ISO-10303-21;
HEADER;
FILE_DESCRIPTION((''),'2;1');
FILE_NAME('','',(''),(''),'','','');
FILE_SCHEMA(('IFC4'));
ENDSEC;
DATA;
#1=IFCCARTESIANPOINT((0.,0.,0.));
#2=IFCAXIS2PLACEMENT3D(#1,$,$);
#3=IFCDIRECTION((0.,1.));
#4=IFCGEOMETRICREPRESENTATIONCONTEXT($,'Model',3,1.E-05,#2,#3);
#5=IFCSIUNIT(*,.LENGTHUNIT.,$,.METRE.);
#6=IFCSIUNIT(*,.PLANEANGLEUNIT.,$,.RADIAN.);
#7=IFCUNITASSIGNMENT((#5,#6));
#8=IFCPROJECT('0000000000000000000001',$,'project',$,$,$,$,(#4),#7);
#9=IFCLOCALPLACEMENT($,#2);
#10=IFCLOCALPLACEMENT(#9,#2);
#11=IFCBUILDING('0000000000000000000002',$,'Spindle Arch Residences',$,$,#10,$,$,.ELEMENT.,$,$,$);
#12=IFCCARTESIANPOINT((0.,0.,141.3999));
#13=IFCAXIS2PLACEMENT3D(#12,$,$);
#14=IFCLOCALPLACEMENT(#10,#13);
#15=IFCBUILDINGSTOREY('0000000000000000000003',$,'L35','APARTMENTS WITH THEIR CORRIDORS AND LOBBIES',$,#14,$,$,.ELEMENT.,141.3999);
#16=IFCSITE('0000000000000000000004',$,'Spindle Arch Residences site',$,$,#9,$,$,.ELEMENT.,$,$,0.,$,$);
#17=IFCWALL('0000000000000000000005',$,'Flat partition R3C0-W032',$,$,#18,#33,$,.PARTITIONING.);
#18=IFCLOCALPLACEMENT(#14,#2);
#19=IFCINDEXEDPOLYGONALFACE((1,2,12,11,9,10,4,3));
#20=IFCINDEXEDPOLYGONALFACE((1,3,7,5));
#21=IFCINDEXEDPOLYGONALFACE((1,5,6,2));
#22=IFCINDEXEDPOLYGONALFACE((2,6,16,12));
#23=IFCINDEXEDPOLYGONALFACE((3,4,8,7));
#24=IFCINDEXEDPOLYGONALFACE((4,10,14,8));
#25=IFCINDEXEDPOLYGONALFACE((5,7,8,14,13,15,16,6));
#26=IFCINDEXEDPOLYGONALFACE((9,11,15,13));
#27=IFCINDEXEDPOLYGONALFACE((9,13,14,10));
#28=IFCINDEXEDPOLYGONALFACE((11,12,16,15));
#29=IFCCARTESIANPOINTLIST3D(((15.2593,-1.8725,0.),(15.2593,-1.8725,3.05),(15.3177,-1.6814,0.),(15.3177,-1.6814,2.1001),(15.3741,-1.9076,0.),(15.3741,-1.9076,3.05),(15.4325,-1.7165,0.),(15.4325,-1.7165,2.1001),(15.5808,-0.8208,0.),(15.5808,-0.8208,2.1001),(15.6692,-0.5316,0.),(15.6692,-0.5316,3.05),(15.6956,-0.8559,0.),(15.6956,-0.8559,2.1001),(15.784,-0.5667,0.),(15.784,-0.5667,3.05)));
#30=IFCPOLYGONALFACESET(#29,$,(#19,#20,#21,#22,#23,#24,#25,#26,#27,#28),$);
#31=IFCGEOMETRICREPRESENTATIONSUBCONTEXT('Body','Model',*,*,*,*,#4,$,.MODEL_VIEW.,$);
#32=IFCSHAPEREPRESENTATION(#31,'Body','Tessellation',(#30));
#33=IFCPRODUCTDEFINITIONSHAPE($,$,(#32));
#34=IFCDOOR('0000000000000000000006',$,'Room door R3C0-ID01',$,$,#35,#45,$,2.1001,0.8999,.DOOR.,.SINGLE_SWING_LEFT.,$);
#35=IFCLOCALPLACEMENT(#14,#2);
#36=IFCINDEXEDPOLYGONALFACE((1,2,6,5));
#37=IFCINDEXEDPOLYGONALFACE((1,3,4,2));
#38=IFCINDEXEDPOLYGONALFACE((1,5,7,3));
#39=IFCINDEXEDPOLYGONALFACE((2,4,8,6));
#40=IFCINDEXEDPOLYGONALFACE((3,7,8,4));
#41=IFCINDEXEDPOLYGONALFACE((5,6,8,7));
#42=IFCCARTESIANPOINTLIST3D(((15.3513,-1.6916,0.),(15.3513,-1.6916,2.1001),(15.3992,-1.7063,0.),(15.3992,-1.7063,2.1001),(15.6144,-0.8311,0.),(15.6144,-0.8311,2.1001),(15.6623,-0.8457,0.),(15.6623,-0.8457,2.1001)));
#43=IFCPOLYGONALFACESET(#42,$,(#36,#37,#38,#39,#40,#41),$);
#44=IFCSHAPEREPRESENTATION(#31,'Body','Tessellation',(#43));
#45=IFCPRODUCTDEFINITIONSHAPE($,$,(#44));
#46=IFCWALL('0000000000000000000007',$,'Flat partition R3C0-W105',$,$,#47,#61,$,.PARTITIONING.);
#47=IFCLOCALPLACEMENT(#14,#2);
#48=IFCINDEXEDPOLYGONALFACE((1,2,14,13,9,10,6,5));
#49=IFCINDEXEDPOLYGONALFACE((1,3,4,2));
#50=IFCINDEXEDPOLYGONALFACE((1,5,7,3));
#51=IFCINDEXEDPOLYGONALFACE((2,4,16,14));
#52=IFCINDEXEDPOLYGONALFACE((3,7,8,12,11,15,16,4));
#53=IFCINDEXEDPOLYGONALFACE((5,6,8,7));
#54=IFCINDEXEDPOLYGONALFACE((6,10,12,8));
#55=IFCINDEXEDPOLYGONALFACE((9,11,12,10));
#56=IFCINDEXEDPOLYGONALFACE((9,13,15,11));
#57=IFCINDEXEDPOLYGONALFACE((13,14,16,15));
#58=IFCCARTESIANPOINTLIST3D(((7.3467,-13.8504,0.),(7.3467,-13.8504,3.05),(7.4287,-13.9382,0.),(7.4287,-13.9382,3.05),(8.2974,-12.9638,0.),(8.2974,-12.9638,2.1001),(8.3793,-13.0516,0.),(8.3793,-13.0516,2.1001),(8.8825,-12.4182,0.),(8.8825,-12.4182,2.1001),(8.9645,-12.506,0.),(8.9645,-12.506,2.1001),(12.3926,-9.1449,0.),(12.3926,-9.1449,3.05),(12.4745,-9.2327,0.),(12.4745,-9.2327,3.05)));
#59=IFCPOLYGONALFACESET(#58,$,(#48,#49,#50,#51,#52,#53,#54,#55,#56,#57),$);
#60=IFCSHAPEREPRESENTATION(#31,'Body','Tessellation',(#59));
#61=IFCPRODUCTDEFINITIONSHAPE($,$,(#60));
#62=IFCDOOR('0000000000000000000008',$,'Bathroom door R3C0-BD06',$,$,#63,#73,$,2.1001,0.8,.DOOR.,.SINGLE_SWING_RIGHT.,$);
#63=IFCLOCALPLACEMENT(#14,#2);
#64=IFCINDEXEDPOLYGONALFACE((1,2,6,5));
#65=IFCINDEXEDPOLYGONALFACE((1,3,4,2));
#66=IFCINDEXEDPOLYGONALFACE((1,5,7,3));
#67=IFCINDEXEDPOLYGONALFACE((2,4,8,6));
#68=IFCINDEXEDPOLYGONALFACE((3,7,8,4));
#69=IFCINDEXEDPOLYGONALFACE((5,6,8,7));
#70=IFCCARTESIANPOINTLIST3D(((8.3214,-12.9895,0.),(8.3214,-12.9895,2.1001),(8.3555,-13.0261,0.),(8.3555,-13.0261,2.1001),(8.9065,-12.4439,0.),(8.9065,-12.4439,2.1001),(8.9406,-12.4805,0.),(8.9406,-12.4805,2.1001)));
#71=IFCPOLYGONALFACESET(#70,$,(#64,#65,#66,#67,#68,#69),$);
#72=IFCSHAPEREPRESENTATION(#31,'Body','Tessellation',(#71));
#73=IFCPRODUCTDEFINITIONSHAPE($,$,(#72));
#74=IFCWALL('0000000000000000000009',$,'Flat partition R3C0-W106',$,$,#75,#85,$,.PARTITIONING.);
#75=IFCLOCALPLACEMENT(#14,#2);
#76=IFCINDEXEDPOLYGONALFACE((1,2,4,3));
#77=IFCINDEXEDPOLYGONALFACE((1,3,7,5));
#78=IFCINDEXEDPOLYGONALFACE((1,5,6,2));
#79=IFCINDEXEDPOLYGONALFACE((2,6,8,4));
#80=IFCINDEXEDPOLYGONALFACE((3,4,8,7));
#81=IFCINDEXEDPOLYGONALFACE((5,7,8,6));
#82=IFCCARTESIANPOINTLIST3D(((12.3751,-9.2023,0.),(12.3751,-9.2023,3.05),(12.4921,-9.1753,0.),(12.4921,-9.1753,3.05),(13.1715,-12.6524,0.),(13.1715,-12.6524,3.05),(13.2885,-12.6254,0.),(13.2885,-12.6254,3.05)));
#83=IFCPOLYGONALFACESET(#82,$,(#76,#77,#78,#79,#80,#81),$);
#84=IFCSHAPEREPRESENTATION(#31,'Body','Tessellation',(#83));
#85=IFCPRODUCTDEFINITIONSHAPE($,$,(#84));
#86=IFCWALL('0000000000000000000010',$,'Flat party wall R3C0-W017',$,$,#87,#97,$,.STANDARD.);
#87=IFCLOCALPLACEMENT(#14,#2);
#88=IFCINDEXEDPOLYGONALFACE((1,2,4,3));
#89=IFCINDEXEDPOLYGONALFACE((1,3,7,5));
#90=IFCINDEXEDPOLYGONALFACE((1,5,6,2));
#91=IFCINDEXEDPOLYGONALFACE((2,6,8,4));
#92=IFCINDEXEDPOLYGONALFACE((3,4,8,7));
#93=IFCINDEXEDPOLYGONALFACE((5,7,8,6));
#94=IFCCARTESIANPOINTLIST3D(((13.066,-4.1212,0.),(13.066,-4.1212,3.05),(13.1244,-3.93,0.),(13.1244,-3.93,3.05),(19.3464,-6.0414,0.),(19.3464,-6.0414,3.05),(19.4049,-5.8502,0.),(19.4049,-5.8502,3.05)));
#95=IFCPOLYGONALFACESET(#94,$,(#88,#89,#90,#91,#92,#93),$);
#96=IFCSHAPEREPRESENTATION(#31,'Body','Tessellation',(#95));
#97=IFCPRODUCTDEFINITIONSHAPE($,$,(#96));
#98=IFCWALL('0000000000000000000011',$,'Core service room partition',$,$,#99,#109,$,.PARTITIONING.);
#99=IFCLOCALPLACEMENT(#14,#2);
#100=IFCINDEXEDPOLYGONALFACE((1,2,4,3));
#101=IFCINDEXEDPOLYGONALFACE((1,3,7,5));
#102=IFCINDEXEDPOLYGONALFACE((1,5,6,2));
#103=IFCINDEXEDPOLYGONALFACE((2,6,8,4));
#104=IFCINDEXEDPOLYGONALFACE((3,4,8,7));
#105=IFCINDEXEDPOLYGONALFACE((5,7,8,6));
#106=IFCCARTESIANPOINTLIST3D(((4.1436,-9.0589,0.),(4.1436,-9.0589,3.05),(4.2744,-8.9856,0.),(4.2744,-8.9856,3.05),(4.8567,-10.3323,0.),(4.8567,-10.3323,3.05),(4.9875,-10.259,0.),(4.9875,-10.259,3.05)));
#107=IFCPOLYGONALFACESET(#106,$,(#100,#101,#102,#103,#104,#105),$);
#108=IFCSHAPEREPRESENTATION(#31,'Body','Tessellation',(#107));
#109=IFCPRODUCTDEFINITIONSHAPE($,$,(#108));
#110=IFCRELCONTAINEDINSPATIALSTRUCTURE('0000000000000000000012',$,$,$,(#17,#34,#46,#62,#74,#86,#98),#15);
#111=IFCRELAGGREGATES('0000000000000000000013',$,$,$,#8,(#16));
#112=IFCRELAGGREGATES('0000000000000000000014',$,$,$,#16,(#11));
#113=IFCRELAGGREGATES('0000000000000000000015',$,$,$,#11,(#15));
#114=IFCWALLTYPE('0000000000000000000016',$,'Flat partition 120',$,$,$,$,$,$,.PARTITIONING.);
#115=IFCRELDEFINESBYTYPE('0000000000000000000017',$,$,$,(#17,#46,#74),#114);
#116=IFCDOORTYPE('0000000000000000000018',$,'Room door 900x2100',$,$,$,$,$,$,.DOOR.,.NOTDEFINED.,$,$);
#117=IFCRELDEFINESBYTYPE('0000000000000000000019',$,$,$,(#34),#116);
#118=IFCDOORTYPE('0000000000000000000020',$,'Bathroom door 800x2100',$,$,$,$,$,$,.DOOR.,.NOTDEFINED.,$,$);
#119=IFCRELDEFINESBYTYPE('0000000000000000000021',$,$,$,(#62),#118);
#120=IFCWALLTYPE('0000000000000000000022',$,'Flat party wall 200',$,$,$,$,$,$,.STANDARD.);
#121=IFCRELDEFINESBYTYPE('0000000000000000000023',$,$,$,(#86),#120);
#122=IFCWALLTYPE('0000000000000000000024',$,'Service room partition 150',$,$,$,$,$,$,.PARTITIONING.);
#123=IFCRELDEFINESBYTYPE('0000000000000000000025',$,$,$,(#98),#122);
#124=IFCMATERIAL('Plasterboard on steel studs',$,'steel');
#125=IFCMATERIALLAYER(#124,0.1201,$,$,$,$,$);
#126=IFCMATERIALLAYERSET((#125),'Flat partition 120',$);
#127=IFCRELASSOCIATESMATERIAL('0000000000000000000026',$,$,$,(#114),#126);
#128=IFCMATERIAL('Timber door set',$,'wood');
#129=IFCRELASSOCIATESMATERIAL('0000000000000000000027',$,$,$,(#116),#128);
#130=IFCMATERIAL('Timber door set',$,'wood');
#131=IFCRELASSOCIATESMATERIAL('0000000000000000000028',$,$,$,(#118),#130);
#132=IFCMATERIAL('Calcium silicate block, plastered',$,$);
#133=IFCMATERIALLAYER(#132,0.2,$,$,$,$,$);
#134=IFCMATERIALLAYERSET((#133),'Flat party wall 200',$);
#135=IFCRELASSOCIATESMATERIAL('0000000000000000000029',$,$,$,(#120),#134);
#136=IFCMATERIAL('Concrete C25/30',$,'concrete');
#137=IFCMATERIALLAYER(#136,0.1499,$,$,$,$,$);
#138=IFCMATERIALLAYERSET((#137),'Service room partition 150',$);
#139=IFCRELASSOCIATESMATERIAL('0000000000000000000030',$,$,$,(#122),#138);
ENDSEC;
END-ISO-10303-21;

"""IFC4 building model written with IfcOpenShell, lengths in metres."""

from ifc_helpers import new_model, si_unit, direction, frame, frame_2d, origin, place, context, subcontext, project, spatial, rectangle, extrude, material, layer, layer_set, type_object, element, fill, save


model = new_model("IFC4")

# Units and contexts
model_context = context("Model", 3, precision=1e-05, world=origin(), true_north=direction((0.0, 1.0)))
body_context = subcontext(model_context, "Body", "Model", "MODEL_VIEW")
ifc_project = project(units=[si_unit("LENGTHUNIT", "METRE"), si_unit("PLANEANGLEUNIT", "RADIAN")], contexts=[model_context])

# Site, building, storey
site_placement = place(None, origin())
site = spatial("IfcSite", under=ifc_project, at=site_placement, Name="Spindle Arch Residences site", CompositionType="ELEMENT", RefElevation=0.0)
building_placement = place(site_placement, origin())
building = spatial("IfcBuilding", under=site, at=building_placement, Name="Spindle Arch Residences", CompositionType="ELEMENT")
storey_placement = place(building_placement, frame((0.0, 0.0, 141.3999)))
storey = spatial("IfcBuildingStorey", under=building, at=storey_placement, Name="L35", Description="APARTMENTS WITH THEIR CORRIDORS AND LOBBIES", CompositionType="ELEMENT", Elevation=141.3999)

# Walls, openings, doors
ifc_material_1 = material(Name="Plasterboard on steel studs", Category="steel")
ifc_layer_1 = layer(ifc_material_1, 0.1201)
ifc_layer_set_1 = layer_set([ifc_layer_1], Name="Flat partition 120")
wall_type_1 = type_object("IfcWallType", Name="Flat partition 120", PredefinedType="PARTITIONING", material=ifc_layer_set_1)
wall_1_placement = place(storey_placement, frame((15.3167, -1.8901, 0.0), z_axis=(0.0, 0.0, 1.0), x_axis=(0.29236, 0.956308, 0.0)))
wall_1 = element("IfcWall", 1, at=wall_1_placement, inside=storey, type_object=wall_type_1, Name="Flat partition R3C0-W032", PredefinedType="PARTITIONING", context=body_context, shape_type="SweptSolid", body=[
    extrude(rectangle(XDim=1.4021, YDim=0.1201, at=frame_2d((0.7012, 0.0))), origin(), (0.0, 0.0, 1.0), 3.05),
])
opening_1_placement = place(wall_1_placement, frame((0.2, 0.0, 0.0)))
opening_1 = element("IfcOpeningElement", 2, at=opening_1_placement, cuts=wall_1, PredefinedType="OPENING", context=body_context, shape_type="SweptSolid", body=[
    extrude(rectangle(XDim=0.8999, YDim=2.1001, at=frame_2d((0.45, 1.05))), frame((0.0, 0.0701, 0.0), z_axis=(0.0, -1.0, 0.0), x_axis=(1.0, 0.0, 0.0)), (0.0, 0.0, 1.0), 0.1401),
])
ifc_material_2 = material(Name="Timber door set", Category="wood")
door_type_1 = type_object("IfcDoorType", Name="Room door 900x2100", OperationType="NOTDEFINED", PredefinedType="DOOR", material=ifc_material_2)
door_1_placement = place(opening_1_placement, origin())
door_1 = element("IfcDoor", 3, at=door_1_placement, inside=storey, type_object=door_type_1, Name="Room door R3C0-ID01", OperationType="SINGLE_SWING_LEFT", OverallHeight=2.1001, OverallWidth=0.8999, PredefinedType="DOOR", context=body_context, shape_type="SweptSolid", body=[
    extrude(rectangle(XDim=0.8999, YDim=2.1001, at=frame_2d((0.45, 1.05))), frame((0.0, 0.0249, 0.0), z_axis=(0.0, -1.0, 0.0), x_axis=(1.0, 0.0, 0.0)), (0.0, 0.0, 1.0), 0.05),
])
fill(opening_1, door_1)
wall_2_placement = place(storey_placement, frame((7.3877, -13.8943, 0.0), z_axis=(0.0, 0.0, 1.0), x_axis=(0.73134, 0.682013, 0.0)))
wall_2 = element("IfcWall", 4, at=wall_2_placement, inside=storey, type_object=wall_type_1, Name="Flat partition R3C0-W105", PredefinedType="PARTITIONING", context=body_context, shape_type="SweptSolid", body=[
    extrude(rectangle(XDim=6.8994, YDim=0.1201, at=frame_2d((3.4497, 0.0))), origin(), (0.0, 0.0, 1.0), 3.05),
])
opening_2_placement = place(wall_2_placement, frame((1.3, 0.0, 0.0)))
opening_2 = element("IfcOpeningElement", 5, at=opening_2_placement, cuts=wall_2, PredefinedType="OPENING", context=body_context, shape_type="SweptSolid", body=[
    extrude(rectangle(XDim=0.8, YDim=2.1001, at=frame_2d((0.3999, 1.05))), frame((0.0, 0.0701, 0.0), z_axis=(0.0, -1.0, 0.0), x_axis=(1.0, 0.0, 0.0)), (0.0, 0.0, 1.0), 0.1401),
])
ifc_material_3 = material(Name="Timber door set", Category="wood")
door_type_2 = type_object("IfcDoorType", Name="Bathroom door 800x2100", OperationType="NOTDEFINED", PredefinedType="DOOR", material=ifc_material_3)
door_2_placement = place(opening_2_placement, origin())
door_2 = element("IfcDoor", 6, at=door_2_placement, inside=storey, type_object=door_type_2, Name="Bathroom door R3C0-BD06", OperationType="SINGLE_SWING_RIGHT", OverallHeight=2.1001, OverallWidth=0.8, PredefinedType="DOOR", context=body_context, shape_type="SweptSolid", body=[
    extrude(rectangle(XDim=0.8, YDim=2.1001, at=frame_2d((0.3999, 1.05))), frame((0.0, 0.0249, 0.0), z_axis=(0.0, -1.0, 0.0), x_axis=(1.0, 0.0, 0.0)), (0.0, 0.0, 1.0), 0.05),
])
fill(opening_2, door_2)

# Walls
wall_3_placement = place(storey_placement, frame((12.4336, -9.1887, 0.0), z_axis=(0.0, 0.0, 1.0), x_axis=(0.224925, -0.974376, 0.0)))
element("IfcWall", 7, at=wall_3_placement, inside=storey, type_object=wall_type_1, Name="Flat partition R3C0-W106", PredefinedType="PARTITIONING", context=body_context, shape_type="SweptSolid", body=[
    extrude(rectangle(XDim=3.5408, YDim=0.1201, at=frame_2d((1.7705, 0.0))), origin(), (0.0, 0.0, 1.0), 3.05),
])
ifc_material_4 = material(Name="Calcium silicate block, plastered")
ifc_layer_2 = layer(ifc_material_4, 0.2)
ifc_layer_set_2 = layer_set([ifc_layer_2], Name="Flat party wall 200")
wall_type_2 = type_object("IfcWallType", Name="Flat party wall 200", PredefinedType="STANDARD", material=ifc_layer_set_2)
wall_4_placement = place(storey_placement, frame((13.0952, -4.0256, 0.0), z_axis=(0.0, 0.0, 1.0), x_axis=(0.956304, -0.292374, 0.0)))
element("IfcWall", 8, at=wall_4_placement, inside=storey, type_object=wall_type_2, Name="Flat party wall R3C0-W017", PredefinedType="STANDARD", context=body_context, shape_type="SweptSolid", body=[
    extrude(rectangle(XDim=6.5674, YDim=0.2, at=frame_2d((3.2837, 0.0))), origin(), (0.0, 0.0, 1.0), 3.05),
])
ifc_material_5 = material(Name="Concrete C25/30", Category="concrete")
ifc_layer_3 = layer(ifc_material_5, 0.1499)
ifc_layer_set_3 = layer_set([ifc_layer_3], Name="Service room partition 150")
wall_type_3 = type_object("IfcWallType", Name="Service room partition 150", PredefinedType="PARTITIONING", material=ifc_layer_set_3)
wall_5_placement = place(storey_placement, frame((4.9221, -10.2957, 0.0), z_axis=(0.0, 0.0, 1.0), x_axis=(-0.488608, 0.872503, 0.0)))
element("IfcWall", 9, at=wall_5_placement, inside=storey, type_object=wall_type_3, Name="Core service room partition", PredefinedType="PARTITIONING", context=body_context, shape_type="SweptSolid", body=[
    extrude(rectangle(XDim=1.4595, YDim=0.1499, at=frame_2d((0.7297, 0.0))), origin(), (0.0, 0.0, 1.0), 3.05),
])

save(model, "model.ifc")
